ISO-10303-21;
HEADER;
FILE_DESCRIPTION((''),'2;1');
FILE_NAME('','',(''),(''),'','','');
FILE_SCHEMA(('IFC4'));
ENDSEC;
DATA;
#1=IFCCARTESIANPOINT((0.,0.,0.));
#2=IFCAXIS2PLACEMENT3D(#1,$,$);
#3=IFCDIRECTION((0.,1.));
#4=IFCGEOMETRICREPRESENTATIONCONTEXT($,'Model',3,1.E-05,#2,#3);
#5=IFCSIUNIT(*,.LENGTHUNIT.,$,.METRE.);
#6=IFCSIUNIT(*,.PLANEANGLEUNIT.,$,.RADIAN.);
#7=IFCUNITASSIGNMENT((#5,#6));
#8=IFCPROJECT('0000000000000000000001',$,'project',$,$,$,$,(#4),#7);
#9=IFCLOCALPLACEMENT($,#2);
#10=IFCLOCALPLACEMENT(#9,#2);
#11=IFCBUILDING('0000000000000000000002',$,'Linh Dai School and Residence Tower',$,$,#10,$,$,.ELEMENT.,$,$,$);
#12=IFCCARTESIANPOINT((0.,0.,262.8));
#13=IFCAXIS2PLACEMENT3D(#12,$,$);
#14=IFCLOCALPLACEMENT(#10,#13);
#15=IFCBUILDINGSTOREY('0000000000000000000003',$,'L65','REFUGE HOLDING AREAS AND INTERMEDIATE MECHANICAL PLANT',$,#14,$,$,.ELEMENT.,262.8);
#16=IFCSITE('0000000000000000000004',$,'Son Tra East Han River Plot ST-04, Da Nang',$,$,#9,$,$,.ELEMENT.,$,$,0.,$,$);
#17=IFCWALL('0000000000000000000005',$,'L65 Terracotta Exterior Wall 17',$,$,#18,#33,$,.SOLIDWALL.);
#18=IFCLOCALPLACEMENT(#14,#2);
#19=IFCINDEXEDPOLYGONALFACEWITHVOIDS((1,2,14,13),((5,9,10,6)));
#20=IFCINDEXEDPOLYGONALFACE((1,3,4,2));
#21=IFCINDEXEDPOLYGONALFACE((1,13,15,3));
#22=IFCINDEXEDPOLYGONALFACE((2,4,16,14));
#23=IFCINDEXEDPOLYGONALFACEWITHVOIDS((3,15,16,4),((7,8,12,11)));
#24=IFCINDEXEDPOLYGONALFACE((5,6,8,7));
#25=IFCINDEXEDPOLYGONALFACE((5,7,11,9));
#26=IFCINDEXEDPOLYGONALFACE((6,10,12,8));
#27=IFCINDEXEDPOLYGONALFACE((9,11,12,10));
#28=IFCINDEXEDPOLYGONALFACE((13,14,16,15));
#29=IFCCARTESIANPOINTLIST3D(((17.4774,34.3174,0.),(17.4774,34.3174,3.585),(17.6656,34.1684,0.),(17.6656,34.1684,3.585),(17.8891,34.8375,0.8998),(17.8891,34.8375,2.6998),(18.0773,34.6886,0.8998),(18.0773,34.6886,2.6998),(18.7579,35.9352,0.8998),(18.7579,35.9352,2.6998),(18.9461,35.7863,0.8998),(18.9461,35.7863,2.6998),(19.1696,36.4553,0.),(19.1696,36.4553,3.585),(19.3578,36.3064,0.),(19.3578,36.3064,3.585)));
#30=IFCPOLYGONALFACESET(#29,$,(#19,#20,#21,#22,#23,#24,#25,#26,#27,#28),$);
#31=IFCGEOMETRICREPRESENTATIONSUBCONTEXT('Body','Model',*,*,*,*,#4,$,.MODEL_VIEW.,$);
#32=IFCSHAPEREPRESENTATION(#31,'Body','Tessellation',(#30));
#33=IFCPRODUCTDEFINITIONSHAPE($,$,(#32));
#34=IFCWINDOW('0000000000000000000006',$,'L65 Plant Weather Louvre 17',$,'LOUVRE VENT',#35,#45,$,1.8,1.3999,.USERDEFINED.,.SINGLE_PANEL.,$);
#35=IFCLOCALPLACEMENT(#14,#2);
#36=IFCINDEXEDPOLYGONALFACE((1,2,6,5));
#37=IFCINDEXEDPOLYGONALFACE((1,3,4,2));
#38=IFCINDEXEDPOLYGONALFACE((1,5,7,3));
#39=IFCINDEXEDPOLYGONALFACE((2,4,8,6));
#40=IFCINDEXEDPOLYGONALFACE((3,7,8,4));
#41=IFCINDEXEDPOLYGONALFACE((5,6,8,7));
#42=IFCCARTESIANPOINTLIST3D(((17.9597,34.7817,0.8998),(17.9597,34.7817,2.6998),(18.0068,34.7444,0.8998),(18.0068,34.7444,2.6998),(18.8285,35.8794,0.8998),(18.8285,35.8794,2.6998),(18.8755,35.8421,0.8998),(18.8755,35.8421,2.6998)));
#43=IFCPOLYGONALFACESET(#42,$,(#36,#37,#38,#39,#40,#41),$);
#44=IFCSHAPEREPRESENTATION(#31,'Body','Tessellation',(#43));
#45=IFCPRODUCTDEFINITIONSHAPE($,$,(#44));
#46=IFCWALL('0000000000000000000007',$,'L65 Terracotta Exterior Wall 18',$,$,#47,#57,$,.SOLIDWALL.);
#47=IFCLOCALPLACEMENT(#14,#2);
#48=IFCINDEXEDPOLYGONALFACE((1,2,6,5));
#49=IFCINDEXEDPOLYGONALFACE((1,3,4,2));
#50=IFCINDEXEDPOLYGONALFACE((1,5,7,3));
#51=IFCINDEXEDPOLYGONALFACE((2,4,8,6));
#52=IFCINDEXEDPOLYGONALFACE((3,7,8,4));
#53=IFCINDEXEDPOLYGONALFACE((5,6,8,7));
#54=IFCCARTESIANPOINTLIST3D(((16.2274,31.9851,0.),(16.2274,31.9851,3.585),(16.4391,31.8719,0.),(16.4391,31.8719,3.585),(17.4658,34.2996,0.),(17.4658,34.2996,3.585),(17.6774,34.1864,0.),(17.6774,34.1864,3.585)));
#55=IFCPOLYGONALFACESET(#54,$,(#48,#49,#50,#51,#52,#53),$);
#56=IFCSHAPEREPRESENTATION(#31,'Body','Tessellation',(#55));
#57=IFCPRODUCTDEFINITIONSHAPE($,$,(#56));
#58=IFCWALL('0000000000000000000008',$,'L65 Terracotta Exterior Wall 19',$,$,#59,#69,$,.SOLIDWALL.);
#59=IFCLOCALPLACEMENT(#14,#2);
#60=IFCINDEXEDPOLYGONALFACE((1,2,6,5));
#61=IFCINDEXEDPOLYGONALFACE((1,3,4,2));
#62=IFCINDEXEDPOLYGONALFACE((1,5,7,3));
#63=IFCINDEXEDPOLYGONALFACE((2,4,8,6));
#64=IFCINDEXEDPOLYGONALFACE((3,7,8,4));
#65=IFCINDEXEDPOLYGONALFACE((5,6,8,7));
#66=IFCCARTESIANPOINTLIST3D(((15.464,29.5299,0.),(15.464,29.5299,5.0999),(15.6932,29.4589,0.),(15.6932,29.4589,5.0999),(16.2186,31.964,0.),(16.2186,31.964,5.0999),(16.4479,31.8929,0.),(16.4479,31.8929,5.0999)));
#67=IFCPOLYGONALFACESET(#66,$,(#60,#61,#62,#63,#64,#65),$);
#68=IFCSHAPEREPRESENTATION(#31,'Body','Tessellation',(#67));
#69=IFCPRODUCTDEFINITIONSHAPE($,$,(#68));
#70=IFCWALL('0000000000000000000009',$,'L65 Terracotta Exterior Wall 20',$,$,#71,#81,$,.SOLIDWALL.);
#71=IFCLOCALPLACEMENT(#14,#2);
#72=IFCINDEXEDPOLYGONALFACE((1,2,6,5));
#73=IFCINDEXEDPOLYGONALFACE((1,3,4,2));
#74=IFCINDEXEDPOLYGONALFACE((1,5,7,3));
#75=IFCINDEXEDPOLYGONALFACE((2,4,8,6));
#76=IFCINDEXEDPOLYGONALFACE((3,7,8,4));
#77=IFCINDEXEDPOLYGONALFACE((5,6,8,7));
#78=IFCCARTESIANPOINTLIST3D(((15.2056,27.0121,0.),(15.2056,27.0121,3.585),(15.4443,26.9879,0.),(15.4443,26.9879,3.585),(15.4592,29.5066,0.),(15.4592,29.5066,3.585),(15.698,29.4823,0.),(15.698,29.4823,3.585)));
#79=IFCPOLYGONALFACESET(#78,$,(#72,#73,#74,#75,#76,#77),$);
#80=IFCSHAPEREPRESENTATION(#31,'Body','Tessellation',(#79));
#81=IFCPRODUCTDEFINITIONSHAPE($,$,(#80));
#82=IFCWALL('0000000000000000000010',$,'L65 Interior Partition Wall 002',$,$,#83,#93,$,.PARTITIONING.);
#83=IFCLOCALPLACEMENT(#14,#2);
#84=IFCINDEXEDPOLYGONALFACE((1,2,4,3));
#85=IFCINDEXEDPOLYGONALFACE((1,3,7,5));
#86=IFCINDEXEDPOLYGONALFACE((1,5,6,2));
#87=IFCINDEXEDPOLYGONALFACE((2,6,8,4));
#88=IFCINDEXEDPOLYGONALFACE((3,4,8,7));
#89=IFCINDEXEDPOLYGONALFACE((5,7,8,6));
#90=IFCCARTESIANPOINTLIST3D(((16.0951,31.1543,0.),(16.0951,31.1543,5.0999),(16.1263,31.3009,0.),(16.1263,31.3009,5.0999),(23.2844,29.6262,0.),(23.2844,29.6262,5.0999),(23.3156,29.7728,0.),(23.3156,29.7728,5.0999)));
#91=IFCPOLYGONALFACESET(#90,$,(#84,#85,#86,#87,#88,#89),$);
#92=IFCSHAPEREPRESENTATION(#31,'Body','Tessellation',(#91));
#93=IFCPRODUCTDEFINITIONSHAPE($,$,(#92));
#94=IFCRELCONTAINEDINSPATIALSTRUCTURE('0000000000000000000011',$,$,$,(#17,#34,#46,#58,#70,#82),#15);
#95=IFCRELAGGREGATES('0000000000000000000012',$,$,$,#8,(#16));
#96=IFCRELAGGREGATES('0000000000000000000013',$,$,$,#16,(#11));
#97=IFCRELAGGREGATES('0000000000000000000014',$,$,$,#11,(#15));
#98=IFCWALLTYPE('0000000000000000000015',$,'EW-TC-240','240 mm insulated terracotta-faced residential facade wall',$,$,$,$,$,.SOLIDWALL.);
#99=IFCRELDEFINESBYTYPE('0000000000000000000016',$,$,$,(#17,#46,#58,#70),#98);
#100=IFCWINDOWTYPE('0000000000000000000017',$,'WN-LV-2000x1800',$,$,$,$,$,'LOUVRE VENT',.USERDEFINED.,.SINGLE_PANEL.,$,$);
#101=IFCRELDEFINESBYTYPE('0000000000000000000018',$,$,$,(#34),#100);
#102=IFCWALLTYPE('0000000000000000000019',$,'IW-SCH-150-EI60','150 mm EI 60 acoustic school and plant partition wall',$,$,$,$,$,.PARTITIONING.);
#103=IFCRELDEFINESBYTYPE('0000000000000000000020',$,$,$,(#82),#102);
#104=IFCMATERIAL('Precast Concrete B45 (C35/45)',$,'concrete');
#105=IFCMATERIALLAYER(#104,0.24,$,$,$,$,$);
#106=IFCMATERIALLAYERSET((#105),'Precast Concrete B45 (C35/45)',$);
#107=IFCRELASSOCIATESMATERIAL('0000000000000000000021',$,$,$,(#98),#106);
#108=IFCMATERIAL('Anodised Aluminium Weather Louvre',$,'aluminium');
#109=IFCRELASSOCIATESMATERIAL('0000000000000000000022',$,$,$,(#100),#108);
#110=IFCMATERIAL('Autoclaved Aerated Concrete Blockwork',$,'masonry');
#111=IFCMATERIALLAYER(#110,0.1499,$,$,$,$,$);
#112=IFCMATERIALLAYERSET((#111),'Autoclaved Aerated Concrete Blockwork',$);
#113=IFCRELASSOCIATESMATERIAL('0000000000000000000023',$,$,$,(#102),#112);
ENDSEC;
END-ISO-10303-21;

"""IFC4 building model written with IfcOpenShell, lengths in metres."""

from ifc_helpers import new_model, si_unit, direction, frame, frame_2d, origin, origin_2d, place, context, subcontext, project, spatial, rectangle, extrude, source, transform, mapped, material, layer, layer_set, type_object, element, fill, save


model = new_model("IFC4")

# Units and contexts
model_context = context("Model", 3, precision=1e-05, world=origin(), true_north=direction((0.0, 1.0)))
body_context = subcontext(model_context, "Body", "Model", "MODEL_VIEW")
ifc_project = project(units=[si_unit("LENGTHUNIT", "METRE"), si_unit("PLANEANGLEUNIT", "RADIAN")], contexts=[model_context])

# Site, building, storey
site_placement = place(None, origin())
site = spatial("IfcSite", under=ifc_project, at=site_placement, Name="Son Tra East Han River Plot ST-04, Da Nang", CompositionType="ELEMENT", RefElevation=0.0)
building_placement = place(site_placement, origin())
building = spatial("IfcBuilding", under=site, at=building_placement, Name="Linh Dai School and Residence Tower", CompositionType="ELEMENT")
storey_placement = place(building_placement, frame((0.0, 0.0, 262.8)))
storey = spatial("IfcBuildingStorey", under=building, at=storey_placement, Name="L65", Description="REFUGE HOLDING AREAS AND INTERMEDIATE MECHANICAL PLANT", CompositionType="ELEMENT", Elevation=262.8)

# Shared definitions
ifc_material_1 = material(Name="Precast Concrete B45 (C35/45)", Category="concrete")
ifc_layer_1 = layer(ifc_material_1, 0.24)
ifc_layer_set_1 = layer_set([ifc_layer_1], Name="Precast Concrete B45 (C35/45)")
wall_type_1 = type_object("IfcWallType", Name="EW-TC-240", Description="240 mm insulated terracotta-faced residential facade wall", PredefinedType="SOLIDWALL", material=ifc_layer_set_1)

# Wall, opening, window
wall_1_placement = place(storey_placement, frame((17.5715, 34.2429, 0.0), z_axis=(0.0, 0.0, 1.0), x_axis=(0.620613, 0.784117, 0.0)))
wall_1 = element("IfcWall", 1, at=wall_1_placement, inside=storey, type_object=wall_type_1, Name="L65 Terracotta Exterior Wall 17", PredefinedType="SOLIDWALL", context=body_context, shape_type="SweptSolid", body=[
    extrude(rectangle(XDim=2.7266, YDim=0.24, at=frame_2d((1.3633, 0.0))), origin(), (0.0, 0.0, 1.0), 3.585),
])
opening_placement = place(wall_1_placement, frame((0.6633, 0.0, 0.8999)))
opening = element("IfcOpeningElement", 2, at=opening_placement, cuts=wall_1, PredefinedType="OPENING", context=body_context, shape_type="SweptSolid", body=[
    extrude(rectangle(XDim=1.3999, YDim=1.8, at=origin_2d()), frame((0.7, 0.1299, 0.8999), z_axis=(0.0, -1.0, 0.0), x_axis=(1.0, 0.0, 0.0)), (0.0, 0.0, 1.0), 0.26),
])
ifc_material_2 = material(Name="Anodised Aluminium Weather Louvre", Category="aluminium")
window_type = type_object("IfcWindowType", Name="WN-LV-2000x1800", ElementType="LOUVRE VENT", PartitioningType="SINGLE_PANEL", PredefinedType="USERDEFINED", material=ifc_material_2)
shared_shape_1 = source(origin(), body_context, "Body", "SweptSolid", [
    extrude(rectangle(XDim=1.3999, YDim=1.8, at=origin_2d()), frame((0.7, 0.03, 0.8999), z_axis=(0.0, -1.0, 0.0), x_axis=(1.0, 0.0, 0.0)), (0.0, 0.0, 1.0), 0.0601),
])
window_placement = place(opening_placement, origin())
window = element("IfcWindow", 3, at=window_placement, inside=storey, type_object=window_type, Name="L65 Plant Weather Louvre 17", ObjectType="LOUVRE VENT", OverallHeight=1.8, OverallWidth=1.3999, PartitioningType="SINGLE_PANEL", PredefinedType="USERDEFINED", context=body_context, shape_type="MappedRepresentation", body=[
    mapped(shared_shape_1, transform((0.0, 0.0, 0.0), x_axis=(1.0, 0.0, 0.0), y_axis=(0.0, 1.0, 0.0), z_axis=(0.0, 0.0, 1.0), scale=1.0)),
])
fill(opening, window)

# Walls
wall_2_placement = place(storey_placement, frame((16.3333, 31.9285, 0.0), z_axis=(0.0, 0.0, 1.0), x_axis=(0.471746, 0.881734, 0.0)))
element("IfcWall", 4, at=wall_2_placement, inside=storey, type_object=wall_type_1, Name="L65 Terracotta Exterior Wall 18", PredefinedType="SOLIDWALL", context=body_context, shape_type="SweptSolid", body=[
    extrude(rectangle(XDim=2.625, YDim=0.24, at=frame_2d((1.3125, 0.0))), origin(), (0.0, 0.0, 1.0), 3.585),
])
wall_3_placement = place(storey_placement, frame((15.5786, 29.4944, 0.0), z_axis=(0.0, 0.0, 1.0), x_axis=(0.296125, 0.955149, 0.0)))
element("IfcWall", 5, at=wall_3_placement, inside=storey, type_object=wall_type_1, Name="L65 Terracotta Exterior Wall 19", PredefinedType="SOLIDWALL", context=body_context, shape_type="SweptSolid", body=[
    extrude(rectangle(XDim=2.5483, YDim=0.24, at=frame_2d((1.2742, 0.0))), origin(), (0.0, 0.0, 1.0), 5.0999),
])
wall_4_placement = place(storey_placement, frame((15.325, 27.0, 0.0), z_axis=(0.0, 0.0, 1.0), x_axis=(0.101171, 0.994869, 0.0)))
element("IfcWall", 6, at=wall_4_placement, inside=storey, type_object=wall_type_1, Name="L65 Terracotta Exterior Wall 20", PredefinedType="SOLIDWALL", context=body_context, shape_type="SweptSolid", body=[
    extrude(rectangle(XDim=2.5073, YDim=0.24, at=frame_2d((1.2537, 0.0))), origin(), (0.0, 0.0, 1.0), 3.585),
])
ifc_material_3 = material(Name="Autoclaved Aerated Concrete Blockwork", Category="masonry")
ifc_layer_2 = layer(ifc_material_3, 0.1499)
ifc_layer_set_2 = layer_set([ifc_layer_2], Name="Autoclaved Aerated Concrete Blockwork")
wall_type_2 = type_object("IfcWallType", Name="IW-SCH-150-EI60", Description="150 mm EI 60 acoustic school and plant partition wall", PredefinedType="PARTITIONING", material=ifc_layer_set_2)
wall_5_placement = place(storey_placement, frame((16.1108, 31.2275, 0.0), z_axis=(0.0, 0.0, 1.0), x_axis=(0.978149, -0.207907, 0.0)))
element("IfcWall", 7, at=wall_5_placement, inside=storey, type_object=wall_type_2, Name="L65 Interior Partition Wall 002", PredefinedType="PARTITIONING", context=body_context, shape_type="SweptSolid", body=[
    extrude(rectangle(XDim=7.3499, YDim=0.1499, at=frame_2d((3.6748, 0.0))), origin(), (0.0, 0.0, 1.0), 5.0999),
])

save(model, "model.ifc")
